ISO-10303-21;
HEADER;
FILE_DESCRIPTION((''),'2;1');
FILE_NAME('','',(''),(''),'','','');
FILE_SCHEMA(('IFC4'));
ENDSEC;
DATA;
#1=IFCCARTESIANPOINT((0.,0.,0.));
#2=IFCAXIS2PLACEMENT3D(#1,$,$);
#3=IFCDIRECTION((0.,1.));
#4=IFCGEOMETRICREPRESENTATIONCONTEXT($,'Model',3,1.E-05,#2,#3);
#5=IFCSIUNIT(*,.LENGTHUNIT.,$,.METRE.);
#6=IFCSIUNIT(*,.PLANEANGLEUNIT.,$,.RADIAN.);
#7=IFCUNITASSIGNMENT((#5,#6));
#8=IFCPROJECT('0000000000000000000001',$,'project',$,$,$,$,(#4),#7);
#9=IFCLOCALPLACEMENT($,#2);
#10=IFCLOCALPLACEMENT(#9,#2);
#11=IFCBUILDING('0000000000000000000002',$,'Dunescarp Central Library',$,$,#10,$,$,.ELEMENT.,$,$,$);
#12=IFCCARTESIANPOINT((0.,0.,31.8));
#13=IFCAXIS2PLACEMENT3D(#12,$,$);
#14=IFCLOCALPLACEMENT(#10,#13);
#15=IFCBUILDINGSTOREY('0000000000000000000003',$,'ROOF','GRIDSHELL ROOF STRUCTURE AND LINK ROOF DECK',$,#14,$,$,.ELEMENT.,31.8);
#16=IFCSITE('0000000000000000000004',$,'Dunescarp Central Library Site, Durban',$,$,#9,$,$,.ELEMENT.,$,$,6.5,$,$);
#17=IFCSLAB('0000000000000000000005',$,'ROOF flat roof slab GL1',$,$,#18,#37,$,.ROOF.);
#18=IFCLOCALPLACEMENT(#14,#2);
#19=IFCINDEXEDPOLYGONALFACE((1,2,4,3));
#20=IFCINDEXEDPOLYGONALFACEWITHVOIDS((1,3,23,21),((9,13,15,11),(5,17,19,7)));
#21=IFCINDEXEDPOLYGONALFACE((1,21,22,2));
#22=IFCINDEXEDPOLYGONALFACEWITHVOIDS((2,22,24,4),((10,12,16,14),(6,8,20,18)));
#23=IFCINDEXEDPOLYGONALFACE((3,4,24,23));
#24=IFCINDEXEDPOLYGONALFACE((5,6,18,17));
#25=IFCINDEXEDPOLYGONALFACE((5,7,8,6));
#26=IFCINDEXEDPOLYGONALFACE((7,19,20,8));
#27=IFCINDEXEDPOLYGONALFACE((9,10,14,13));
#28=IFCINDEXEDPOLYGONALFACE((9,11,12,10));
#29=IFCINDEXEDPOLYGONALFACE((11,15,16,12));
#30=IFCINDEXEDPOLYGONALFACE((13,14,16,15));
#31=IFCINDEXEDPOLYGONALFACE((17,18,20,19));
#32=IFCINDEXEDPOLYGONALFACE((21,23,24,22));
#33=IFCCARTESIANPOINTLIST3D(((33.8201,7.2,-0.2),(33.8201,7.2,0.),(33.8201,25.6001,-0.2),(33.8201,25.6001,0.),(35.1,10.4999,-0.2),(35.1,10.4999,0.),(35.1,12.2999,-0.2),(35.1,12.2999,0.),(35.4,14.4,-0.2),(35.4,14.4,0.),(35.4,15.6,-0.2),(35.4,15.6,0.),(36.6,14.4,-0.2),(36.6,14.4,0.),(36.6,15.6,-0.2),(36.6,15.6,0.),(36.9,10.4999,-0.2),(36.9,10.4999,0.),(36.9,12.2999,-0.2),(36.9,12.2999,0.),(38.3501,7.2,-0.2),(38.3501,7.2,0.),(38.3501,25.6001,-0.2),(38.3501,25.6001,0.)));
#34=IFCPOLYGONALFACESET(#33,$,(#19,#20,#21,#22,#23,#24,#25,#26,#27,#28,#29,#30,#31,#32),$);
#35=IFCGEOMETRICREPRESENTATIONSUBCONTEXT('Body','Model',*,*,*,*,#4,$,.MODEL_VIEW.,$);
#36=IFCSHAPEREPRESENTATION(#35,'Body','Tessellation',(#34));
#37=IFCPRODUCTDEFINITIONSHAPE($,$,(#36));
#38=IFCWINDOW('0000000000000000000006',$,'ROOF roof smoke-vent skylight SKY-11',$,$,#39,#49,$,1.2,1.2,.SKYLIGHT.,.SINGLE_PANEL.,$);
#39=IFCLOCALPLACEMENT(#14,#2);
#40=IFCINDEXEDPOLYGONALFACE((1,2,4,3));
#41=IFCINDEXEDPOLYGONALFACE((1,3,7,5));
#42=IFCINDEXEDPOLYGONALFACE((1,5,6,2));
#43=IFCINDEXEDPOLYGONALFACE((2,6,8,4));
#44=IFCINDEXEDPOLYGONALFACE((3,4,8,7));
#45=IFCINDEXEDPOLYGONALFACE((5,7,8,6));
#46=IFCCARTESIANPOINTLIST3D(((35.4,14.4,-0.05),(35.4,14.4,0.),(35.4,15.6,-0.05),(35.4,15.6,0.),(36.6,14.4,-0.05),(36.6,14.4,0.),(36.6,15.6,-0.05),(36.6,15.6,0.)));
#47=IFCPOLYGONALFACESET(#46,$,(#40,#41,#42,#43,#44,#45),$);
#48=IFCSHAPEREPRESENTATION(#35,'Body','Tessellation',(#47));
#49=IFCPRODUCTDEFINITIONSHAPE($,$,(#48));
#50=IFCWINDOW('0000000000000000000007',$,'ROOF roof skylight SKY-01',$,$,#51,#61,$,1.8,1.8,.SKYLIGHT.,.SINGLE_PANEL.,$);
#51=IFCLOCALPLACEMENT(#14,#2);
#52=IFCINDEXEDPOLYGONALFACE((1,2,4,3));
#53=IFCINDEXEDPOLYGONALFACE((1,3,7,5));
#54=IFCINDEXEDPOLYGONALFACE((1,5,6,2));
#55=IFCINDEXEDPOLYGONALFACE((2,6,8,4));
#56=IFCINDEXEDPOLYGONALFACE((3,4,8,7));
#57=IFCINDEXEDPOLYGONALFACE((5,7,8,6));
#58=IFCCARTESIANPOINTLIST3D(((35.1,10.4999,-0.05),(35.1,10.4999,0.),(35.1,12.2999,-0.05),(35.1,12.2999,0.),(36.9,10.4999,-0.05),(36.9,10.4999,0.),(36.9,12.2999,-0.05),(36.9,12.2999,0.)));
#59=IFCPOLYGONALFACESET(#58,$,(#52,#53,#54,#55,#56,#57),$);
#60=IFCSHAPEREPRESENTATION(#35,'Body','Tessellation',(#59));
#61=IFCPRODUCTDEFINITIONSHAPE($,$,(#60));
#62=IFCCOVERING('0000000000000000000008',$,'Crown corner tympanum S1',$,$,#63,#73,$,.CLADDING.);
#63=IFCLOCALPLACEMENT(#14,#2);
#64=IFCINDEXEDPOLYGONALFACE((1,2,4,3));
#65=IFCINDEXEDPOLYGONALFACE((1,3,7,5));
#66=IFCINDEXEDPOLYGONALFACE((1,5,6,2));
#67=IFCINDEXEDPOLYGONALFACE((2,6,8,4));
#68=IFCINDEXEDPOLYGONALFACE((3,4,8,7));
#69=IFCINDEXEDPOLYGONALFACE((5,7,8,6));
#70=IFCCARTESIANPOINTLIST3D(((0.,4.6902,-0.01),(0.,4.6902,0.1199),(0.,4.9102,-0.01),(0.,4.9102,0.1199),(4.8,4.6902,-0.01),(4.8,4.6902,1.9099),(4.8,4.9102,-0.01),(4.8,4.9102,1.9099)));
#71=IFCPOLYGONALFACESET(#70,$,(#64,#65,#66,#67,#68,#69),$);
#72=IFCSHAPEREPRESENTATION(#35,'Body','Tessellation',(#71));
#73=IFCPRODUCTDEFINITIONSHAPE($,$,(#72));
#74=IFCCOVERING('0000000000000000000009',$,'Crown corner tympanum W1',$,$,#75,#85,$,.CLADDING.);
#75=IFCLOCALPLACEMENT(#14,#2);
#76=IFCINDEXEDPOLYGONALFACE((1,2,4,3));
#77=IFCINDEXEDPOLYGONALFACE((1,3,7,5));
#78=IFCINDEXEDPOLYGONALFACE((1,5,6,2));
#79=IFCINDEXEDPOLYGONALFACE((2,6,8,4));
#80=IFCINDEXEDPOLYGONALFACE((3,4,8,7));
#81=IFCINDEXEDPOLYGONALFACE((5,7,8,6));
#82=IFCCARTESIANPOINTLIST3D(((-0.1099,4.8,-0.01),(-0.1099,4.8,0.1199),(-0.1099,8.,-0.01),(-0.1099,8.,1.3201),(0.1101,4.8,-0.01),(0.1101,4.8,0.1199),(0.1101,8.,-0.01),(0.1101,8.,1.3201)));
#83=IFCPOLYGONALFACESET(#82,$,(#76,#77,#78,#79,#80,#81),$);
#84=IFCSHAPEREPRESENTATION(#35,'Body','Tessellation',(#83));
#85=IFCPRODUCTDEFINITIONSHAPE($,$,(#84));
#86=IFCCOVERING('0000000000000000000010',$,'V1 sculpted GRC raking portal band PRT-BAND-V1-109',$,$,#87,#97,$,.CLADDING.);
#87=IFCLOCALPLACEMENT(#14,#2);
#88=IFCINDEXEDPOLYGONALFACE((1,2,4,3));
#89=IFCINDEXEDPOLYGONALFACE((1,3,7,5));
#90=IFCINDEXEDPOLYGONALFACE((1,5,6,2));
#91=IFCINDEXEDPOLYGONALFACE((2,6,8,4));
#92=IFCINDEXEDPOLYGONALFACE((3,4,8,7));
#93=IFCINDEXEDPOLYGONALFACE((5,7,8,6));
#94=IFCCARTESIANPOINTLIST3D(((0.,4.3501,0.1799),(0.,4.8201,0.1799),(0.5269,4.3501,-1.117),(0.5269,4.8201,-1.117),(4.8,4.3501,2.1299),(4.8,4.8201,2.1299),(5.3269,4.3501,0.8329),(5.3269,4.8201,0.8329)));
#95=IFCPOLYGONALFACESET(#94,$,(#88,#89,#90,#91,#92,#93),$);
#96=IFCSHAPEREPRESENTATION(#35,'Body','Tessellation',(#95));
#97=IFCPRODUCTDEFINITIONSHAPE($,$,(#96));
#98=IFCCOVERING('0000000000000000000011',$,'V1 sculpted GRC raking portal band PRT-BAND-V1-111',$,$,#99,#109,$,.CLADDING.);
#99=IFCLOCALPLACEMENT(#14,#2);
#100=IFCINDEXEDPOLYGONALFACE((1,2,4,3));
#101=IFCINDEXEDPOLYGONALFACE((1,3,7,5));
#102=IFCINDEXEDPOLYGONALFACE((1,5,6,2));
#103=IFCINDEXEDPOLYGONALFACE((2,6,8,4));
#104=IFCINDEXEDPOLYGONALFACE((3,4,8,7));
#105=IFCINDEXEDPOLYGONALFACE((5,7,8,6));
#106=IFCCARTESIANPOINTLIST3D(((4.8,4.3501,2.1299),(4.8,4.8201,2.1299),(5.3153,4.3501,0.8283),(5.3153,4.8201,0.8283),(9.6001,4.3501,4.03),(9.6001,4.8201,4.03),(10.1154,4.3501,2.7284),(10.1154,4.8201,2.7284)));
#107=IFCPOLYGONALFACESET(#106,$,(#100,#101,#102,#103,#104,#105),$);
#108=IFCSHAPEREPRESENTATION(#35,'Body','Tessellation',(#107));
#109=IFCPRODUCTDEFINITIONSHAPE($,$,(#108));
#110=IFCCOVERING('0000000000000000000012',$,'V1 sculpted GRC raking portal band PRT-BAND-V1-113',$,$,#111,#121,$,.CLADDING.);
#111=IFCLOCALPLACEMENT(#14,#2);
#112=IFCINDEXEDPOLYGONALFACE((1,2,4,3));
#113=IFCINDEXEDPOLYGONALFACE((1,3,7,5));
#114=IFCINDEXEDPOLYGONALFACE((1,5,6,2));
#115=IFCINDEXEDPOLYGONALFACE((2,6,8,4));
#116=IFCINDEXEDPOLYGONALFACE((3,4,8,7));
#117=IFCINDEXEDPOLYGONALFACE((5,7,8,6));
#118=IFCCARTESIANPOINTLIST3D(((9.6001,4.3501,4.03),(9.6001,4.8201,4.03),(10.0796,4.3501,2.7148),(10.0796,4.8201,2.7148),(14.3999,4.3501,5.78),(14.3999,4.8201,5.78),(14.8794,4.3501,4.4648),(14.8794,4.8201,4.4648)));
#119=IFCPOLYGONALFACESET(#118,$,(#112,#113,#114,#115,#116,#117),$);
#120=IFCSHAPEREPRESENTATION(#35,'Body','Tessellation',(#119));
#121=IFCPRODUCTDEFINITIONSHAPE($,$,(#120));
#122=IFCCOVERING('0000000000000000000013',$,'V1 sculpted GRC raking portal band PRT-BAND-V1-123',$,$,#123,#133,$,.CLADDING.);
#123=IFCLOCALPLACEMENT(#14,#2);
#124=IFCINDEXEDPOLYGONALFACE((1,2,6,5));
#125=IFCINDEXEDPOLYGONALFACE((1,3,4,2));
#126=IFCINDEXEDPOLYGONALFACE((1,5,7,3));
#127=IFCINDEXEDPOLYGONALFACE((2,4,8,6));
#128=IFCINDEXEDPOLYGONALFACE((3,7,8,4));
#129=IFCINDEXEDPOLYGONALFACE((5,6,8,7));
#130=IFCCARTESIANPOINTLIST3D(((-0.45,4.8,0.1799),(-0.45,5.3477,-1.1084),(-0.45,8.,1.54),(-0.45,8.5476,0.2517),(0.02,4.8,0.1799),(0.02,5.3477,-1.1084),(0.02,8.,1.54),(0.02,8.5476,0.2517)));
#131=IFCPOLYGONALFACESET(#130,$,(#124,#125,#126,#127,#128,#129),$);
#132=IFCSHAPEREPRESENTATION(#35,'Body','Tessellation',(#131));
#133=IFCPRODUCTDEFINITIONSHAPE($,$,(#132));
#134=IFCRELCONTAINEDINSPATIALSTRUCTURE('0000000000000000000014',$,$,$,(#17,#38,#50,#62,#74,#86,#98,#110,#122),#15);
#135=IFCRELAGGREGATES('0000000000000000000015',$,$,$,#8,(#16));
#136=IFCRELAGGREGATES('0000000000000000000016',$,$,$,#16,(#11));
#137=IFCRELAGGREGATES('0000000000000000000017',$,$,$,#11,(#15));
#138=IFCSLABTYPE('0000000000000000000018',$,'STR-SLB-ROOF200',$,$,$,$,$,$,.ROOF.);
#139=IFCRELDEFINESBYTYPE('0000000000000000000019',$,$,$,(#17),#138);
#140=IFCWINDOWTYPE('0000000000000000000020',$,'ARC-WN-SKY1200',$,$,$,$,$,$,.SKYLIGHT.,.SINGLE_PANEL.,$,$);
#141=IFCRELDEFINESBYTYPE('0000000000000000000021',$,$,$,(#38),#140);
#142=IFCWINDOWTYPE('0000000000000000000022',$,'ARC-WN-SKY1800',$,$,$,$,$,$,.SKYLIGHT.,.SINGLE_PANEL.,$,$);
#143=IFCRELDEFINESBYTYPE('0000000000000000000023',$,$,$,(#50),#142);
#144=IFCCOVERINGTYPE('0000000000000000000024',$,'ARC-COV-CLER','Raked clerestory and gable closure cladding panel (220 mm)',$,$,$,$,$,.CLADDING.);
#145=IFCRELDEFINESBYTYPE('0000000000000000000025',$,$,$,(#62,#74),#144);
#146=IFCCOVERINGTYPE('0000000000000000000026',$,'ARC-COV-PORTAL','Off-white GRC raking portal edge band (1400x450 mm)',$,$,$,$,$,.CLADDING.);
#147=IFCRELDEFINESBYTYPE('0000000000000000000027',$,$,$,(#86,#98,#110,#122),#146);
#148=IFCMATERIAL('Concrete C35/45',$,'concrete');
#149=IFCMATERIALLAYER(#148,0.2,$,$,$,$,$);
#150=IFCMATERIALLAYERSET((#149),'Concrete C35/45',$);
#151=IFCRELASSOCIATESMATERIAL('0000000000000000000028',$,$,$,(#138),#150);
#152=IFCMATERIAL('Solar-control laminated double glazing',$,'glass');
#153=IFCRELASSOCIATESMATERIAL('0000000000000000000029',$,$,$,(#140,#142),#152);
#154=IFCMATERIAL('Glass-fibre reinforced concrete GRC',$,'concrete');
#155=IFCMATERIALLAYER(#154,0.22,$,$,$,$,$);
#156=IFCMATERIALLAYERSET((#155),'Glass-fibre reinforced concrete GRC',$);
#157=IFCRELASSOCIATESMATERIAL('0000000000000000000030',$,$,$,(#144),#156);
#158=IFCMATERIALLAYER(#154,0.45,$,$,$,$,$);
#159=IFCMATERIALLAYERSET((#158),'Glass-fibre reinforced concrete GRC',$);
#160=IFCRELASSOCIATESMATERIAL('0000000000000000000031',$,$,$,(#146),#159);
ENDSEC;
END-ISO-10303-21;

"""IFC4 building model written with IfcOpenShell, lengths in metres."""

from ifc_helpers import new_model, si_unit, direction, frame, origin, origin_2d, place, context, subcontext, project, spatial, polyline, rectangle, outline, extrude, material, layer, layer_set, type_object, element, fill, save


model = new_model("IFC4")

# Units and contexts
model_context = context("Model", 3, precision=1e-05, world=origin(), true_north=direction((0.0, 1.0)))
body_context = subcontext(model_context, "Body", "Model", "MODEL_VIEW")
ifc_project = project(units=[si_unit("LENGTHUNIT", "METRE"), si_unit("PLANEANGLEUNIT", "RADIAN")], contexts=[model_context])

# Site, building, storey
site_placement = place(None, origin())
site = spatial("IfcSite", under=ifc_project, at=site_placement, Name="Dunescarp Central Library Site, Durban", CompositionType="ELEMENT", RefElevation=6.5)
building_placement = place(site_placement, origin())
building = spatial("IfcBuilding", under=site, at=building_placement, Name="Dunescarp Central Library", CompositionType="ELEMENT")
storey_placement = place(building_placement, frame((0.0, 0.0, 31.8)))
storey = spatial("IfcBuildingStorey", under=building, at=storey_placement, Name="ROOF", Description="GRIDSHELL ROOF STRUCTURE AND LINK ROOF DECK", CompositionType="ELEMENT", Elevation=31.8)

# Shared definitions
ifc_material_1 = material(Name="Solar-control laminated double glazing", Category="glass")

# Slab, openings, windows
ifc_material_2 = material(Name="Concrete C35/45", Category="concrete")
ifc_layer_1 = layer(ifc_material_2, 0.2)
ifc_layer_set_1 = layer_set([ifc_layer_1], Name="Concrete C35/45")
slab_type = type_object("IfcSlabType", Name="STR-SLB-ROOF200", PredefinedType="ROOF", material=ifc_layer_set_1)
slab_placement = place(storey_placement, frame((0.0, 0.0, -0.2)))
slab = element("IfcSlab", 1, at=slab_placement, inside=storey, type_object=slab_type, Name="ROOF flat roof slab GL1", PredefinedType="ROOF", context=body_context, shape_type="SweptSolid", body=[
    extrude(outline(polyline([(33.8201, 7.2), (38.3501, 7.2), (38.3501, 25.6001), (33.8201, 25.6001), (33.8201, 7.2)])), origin(), (0.0, 0.0, 1.0), 0.2),
])
opening_1_placement = place(slab_placement, frame((36.0, 11.3999, -0.01)))
opening_1 = element("IfcOpeningElement", 2, at=opening_1_placement, cuts=slab, PredefinedType="OPENING", context=body_context, shape_type="SweptSolid", body=[
    extrude(rectangle(XDim=1.8, YDim=1.8, at=origin_2d()), origin(), (0.0, 0.0, 1.0), 0.22),
])
opening_2_placement = place(slab_placement, frame((36.0, 15.0, -0.01)))
opening_2 = element("IfcOpeningElement", 3, at=opening_2_placement, cuts=slab, PredefinedType="OPENING", context=body_context, shape_type="SweptSolid", body=[
    extrude(rectangle(XDim=1.2, YDim=1.2, at=origin_2d()), origin(), (0.0, 0.0, 1.0), 0.22),
])
window_type_1 = type_object("IfcWindowType", Name="ARC-WN-SKY1200", PartitioningType="SINGLE_PANEL", PredefinedType="SKYLIGHT", material=ifc_material_1)
window_1_placement = place(slab_placement, frame((36.0, 15.0, 0.1499)))
window_1 = element("IfcWindow", 4, at=window_1_placement, inside=storey, type_object=window_type_1, Name="ROOF roof smoke-vent skylight SKY-11", OverallHeight=1.2, OverallWidth=1.2, PartitioningType="SINGLE_PANEL", PredefinedType="SKYLIGHT", context=body_context, shape_type="SweptSolid", body=[
    extrude(rectangle(XDim=1.2, YDim=1.2, at=origin_2d()), origin(), (0.0, 0.0, 1.0), 0.05),
])
fill(opening_2, window_1)
window_type_2 = type_object("IfcWindowType", Name="ARC-WN-SKY1800", PartitioningType="SINGLE_PANEL", PredefinedType="SKYLIGHT", material=ifc_material_1)
window_2_placement = place(slab_placement, frame((36.0, 11.3999, 0.1499)))
window_2 = element("IfcWindow", 5, at=window_2_placement, inside=storey, type_object=window_type_2, Name="ROOF roof skylight SKY-01", OverallHeight=1.8, OverallWidth=1.8, PartitioningType="SINGLE_PANEL", PredefinedType="SKYLIGHT", context=body_context, shape_type="SweptSolid", body=[
    extrude(rectangle(XDim=1.8, YDim=1.8, at=origin_2d()), origin(), (0.0, 0.0, 1.0), 0.05),
])
fill(opening_1, window_2)

# Coverings
ifc_material_3 = material(Name="Glass-fibre reinforced concrete GRC", Category="concrete")
ifc_layer_2 = layer(ifc_material_3, 0.22)
ifc_layer_set_2 = layer_set([ifc_layer_2], Name="Glass-fibre reinforced concrete GRC")
covering_type_1 = type_object("IfcCoveringType", Name="ARC-COV-CLER", Description="Raked clerestory and gable closure cladding panel (220 mm)", PredefinedType="CLADDING", material=ifc_layer_set_2)
covering_1_placement = place(storey_placement, frame((4.8, 4.8, -0.01), z_axis=(0.0, 0.0, 1.0), x_axis=(-1.0, 0.0, 0.0)))
element("IfcCovering", 6, at=covering_1_placement, inside=storey, type_object=covering_type_1, Name="Crown corner tympanum S1", PredefinedType="CLADDING", context=body_context, shape_type="SweptSolid", body=[
    extrude(outline(polyline([(0.0, 0.0), (4.8, 0.0), (4.8, 0.1299), (0.0, 1.9199), (0.0, 0.0)])), frame((0.0, 0.1099, 0.0), z_axis=(0.0, -1.0, 0.0), x_axis=(1.0, 0.0, 0.0)), (0.0, 0.0, 1.0), 0.22),
])
covering_2_placement = place(storey_placement, frame((0.0, 4.8, -0.01), z_axis=(0.0, 0.0, 1.0), x_axis=(0.0, 1.0, 0.0)))
element("IfcCovering", 7, at=covering_2_placement, inside=storey, type_object=covering_type_1, Name="Crown corner tympanum W1", PredefinedType="CLADDING", context=body_context, shape_type="SweptSolid", body=[
    extrude(outline(polyline([(0.0, 0.0), (3.2, 0.0), (3.2, 1.3301), (0.0, 0.1299), (0.0, 0.0)])), frame((0.0, 0.1099, 0.0), z_axis=(0.0, -1.0, 0.0), x_axis=(1.0, 0.0, 0.0)), (0.0, 0.0, 1.0), 0.22),
])
ifc_layer_3 = layer(ifc_material_3, 0.45)
ifc_layer_set_3 = layer_set([ifc_layer_3], Name="Glass-fibre reinforced concrete GRC")
covering_type_2 = type_object("IfcCoveringType", Name="ARC-COV-PORTAL", Description="Off-white GRC raking portal edge band (1400x450 mm)", PredefinedType="CLADDING", material=ifc_layer_set_3)
covering_3_placement = place(storey_placement, frame((0.0, 4.3501, 0.1799), z_axis=(-0.376366, 0.0, 0.926471), x_axis=(0.926471, 0.0, 0.376366)))
element("IfcCovering", 8, at=covering_3_placement, inside=storey, type_object=covering_type_2, Name="V1 sculpted GRC raking portal band PRT-BAND-V1-109", PredefinedType="CLADDING", context=body_context, shape_type="SweptSolid", body=[
    extrude(outline(polyline([(0.0, 0.0), (5.181, 0.0), (5.181, 0.47), (0.0, 0.47), (0.0, 0.0)])), origin(), (0.0, 0.0, -1.0), 1.3999),
])
covering_4_placement = place(storey_placement, frame((4.8, 4.3501, 2.1299), z_axis=(-0.36807, 0.0, 0.929798), x_axis=(0.929798, 0.0, 0.36807)))
element("IfcCovering", 9, at=covering_4_placement, inside=storey, type_object=covering_type_2, Name="V1 sculpted GRC raking portal band PRT-BAND-V1-111", PredefinedType="CLADDING", context=body_context, shape_type="SweptSolid", body=[
    extrude(outline(polyline([(0.0, 0.0), (5.1625, 0.0), (5.1625, 0.47), (0.0, 0.47), (0.0, 0.0)])), origin(), (0.0, 0.0, -1.0), 1.3999),
])
covering_5_placement = place(storey_placement, frame((9.6001, 4.3501, 4.03), z_axis=(-0.342541, 0.0, 0.939503), x_axis=(0.939503, 0.0, 0.342541)))
element("IfcCovering", 10, at=covering_5_placement, inside=storey, type_object=covering_type_2, Name="V1 sculpted GRC raking portal band PRT-BAND-V1-113", PredefinedType="CLADDING", context=body_context, shape_type="SweptSolid", body=[
    extrude(outline(polyline([(0.0, 0.0), (5.1089, 0.0), (5.1089, 0.47), (0.0, 0.47), (0.0, 0.0)])), origin(), (0.0, 0.0, -1.0), 1.3999),
])
covering_6_placement = place(storey_placement, frame((-0.45, 4.8, 0.1799), z_axis=(0.0, -0.391172, 0.920318), x_axis=(1.0, 0.0, 0.0)))
element("IfcCovering", 11, at=covering_6_placement, inside=storey, type_object=covering_type_2, Name="V1 sculpted GRC raking portal band PRT-BAND-V1-123", PredefinedType="CLADDING", context=body_context, shape_type="SweptSolid", body=[
    extrude(outline(polyline([(0.0, 0.0), (0.47, 0.0), (0.47, 3.477), (0.0, 3.477), (0.0, 0.0)])), origin(), (0.0, 0.0, -1.0), 1.3999),
])

save(model, "model.ifc")
